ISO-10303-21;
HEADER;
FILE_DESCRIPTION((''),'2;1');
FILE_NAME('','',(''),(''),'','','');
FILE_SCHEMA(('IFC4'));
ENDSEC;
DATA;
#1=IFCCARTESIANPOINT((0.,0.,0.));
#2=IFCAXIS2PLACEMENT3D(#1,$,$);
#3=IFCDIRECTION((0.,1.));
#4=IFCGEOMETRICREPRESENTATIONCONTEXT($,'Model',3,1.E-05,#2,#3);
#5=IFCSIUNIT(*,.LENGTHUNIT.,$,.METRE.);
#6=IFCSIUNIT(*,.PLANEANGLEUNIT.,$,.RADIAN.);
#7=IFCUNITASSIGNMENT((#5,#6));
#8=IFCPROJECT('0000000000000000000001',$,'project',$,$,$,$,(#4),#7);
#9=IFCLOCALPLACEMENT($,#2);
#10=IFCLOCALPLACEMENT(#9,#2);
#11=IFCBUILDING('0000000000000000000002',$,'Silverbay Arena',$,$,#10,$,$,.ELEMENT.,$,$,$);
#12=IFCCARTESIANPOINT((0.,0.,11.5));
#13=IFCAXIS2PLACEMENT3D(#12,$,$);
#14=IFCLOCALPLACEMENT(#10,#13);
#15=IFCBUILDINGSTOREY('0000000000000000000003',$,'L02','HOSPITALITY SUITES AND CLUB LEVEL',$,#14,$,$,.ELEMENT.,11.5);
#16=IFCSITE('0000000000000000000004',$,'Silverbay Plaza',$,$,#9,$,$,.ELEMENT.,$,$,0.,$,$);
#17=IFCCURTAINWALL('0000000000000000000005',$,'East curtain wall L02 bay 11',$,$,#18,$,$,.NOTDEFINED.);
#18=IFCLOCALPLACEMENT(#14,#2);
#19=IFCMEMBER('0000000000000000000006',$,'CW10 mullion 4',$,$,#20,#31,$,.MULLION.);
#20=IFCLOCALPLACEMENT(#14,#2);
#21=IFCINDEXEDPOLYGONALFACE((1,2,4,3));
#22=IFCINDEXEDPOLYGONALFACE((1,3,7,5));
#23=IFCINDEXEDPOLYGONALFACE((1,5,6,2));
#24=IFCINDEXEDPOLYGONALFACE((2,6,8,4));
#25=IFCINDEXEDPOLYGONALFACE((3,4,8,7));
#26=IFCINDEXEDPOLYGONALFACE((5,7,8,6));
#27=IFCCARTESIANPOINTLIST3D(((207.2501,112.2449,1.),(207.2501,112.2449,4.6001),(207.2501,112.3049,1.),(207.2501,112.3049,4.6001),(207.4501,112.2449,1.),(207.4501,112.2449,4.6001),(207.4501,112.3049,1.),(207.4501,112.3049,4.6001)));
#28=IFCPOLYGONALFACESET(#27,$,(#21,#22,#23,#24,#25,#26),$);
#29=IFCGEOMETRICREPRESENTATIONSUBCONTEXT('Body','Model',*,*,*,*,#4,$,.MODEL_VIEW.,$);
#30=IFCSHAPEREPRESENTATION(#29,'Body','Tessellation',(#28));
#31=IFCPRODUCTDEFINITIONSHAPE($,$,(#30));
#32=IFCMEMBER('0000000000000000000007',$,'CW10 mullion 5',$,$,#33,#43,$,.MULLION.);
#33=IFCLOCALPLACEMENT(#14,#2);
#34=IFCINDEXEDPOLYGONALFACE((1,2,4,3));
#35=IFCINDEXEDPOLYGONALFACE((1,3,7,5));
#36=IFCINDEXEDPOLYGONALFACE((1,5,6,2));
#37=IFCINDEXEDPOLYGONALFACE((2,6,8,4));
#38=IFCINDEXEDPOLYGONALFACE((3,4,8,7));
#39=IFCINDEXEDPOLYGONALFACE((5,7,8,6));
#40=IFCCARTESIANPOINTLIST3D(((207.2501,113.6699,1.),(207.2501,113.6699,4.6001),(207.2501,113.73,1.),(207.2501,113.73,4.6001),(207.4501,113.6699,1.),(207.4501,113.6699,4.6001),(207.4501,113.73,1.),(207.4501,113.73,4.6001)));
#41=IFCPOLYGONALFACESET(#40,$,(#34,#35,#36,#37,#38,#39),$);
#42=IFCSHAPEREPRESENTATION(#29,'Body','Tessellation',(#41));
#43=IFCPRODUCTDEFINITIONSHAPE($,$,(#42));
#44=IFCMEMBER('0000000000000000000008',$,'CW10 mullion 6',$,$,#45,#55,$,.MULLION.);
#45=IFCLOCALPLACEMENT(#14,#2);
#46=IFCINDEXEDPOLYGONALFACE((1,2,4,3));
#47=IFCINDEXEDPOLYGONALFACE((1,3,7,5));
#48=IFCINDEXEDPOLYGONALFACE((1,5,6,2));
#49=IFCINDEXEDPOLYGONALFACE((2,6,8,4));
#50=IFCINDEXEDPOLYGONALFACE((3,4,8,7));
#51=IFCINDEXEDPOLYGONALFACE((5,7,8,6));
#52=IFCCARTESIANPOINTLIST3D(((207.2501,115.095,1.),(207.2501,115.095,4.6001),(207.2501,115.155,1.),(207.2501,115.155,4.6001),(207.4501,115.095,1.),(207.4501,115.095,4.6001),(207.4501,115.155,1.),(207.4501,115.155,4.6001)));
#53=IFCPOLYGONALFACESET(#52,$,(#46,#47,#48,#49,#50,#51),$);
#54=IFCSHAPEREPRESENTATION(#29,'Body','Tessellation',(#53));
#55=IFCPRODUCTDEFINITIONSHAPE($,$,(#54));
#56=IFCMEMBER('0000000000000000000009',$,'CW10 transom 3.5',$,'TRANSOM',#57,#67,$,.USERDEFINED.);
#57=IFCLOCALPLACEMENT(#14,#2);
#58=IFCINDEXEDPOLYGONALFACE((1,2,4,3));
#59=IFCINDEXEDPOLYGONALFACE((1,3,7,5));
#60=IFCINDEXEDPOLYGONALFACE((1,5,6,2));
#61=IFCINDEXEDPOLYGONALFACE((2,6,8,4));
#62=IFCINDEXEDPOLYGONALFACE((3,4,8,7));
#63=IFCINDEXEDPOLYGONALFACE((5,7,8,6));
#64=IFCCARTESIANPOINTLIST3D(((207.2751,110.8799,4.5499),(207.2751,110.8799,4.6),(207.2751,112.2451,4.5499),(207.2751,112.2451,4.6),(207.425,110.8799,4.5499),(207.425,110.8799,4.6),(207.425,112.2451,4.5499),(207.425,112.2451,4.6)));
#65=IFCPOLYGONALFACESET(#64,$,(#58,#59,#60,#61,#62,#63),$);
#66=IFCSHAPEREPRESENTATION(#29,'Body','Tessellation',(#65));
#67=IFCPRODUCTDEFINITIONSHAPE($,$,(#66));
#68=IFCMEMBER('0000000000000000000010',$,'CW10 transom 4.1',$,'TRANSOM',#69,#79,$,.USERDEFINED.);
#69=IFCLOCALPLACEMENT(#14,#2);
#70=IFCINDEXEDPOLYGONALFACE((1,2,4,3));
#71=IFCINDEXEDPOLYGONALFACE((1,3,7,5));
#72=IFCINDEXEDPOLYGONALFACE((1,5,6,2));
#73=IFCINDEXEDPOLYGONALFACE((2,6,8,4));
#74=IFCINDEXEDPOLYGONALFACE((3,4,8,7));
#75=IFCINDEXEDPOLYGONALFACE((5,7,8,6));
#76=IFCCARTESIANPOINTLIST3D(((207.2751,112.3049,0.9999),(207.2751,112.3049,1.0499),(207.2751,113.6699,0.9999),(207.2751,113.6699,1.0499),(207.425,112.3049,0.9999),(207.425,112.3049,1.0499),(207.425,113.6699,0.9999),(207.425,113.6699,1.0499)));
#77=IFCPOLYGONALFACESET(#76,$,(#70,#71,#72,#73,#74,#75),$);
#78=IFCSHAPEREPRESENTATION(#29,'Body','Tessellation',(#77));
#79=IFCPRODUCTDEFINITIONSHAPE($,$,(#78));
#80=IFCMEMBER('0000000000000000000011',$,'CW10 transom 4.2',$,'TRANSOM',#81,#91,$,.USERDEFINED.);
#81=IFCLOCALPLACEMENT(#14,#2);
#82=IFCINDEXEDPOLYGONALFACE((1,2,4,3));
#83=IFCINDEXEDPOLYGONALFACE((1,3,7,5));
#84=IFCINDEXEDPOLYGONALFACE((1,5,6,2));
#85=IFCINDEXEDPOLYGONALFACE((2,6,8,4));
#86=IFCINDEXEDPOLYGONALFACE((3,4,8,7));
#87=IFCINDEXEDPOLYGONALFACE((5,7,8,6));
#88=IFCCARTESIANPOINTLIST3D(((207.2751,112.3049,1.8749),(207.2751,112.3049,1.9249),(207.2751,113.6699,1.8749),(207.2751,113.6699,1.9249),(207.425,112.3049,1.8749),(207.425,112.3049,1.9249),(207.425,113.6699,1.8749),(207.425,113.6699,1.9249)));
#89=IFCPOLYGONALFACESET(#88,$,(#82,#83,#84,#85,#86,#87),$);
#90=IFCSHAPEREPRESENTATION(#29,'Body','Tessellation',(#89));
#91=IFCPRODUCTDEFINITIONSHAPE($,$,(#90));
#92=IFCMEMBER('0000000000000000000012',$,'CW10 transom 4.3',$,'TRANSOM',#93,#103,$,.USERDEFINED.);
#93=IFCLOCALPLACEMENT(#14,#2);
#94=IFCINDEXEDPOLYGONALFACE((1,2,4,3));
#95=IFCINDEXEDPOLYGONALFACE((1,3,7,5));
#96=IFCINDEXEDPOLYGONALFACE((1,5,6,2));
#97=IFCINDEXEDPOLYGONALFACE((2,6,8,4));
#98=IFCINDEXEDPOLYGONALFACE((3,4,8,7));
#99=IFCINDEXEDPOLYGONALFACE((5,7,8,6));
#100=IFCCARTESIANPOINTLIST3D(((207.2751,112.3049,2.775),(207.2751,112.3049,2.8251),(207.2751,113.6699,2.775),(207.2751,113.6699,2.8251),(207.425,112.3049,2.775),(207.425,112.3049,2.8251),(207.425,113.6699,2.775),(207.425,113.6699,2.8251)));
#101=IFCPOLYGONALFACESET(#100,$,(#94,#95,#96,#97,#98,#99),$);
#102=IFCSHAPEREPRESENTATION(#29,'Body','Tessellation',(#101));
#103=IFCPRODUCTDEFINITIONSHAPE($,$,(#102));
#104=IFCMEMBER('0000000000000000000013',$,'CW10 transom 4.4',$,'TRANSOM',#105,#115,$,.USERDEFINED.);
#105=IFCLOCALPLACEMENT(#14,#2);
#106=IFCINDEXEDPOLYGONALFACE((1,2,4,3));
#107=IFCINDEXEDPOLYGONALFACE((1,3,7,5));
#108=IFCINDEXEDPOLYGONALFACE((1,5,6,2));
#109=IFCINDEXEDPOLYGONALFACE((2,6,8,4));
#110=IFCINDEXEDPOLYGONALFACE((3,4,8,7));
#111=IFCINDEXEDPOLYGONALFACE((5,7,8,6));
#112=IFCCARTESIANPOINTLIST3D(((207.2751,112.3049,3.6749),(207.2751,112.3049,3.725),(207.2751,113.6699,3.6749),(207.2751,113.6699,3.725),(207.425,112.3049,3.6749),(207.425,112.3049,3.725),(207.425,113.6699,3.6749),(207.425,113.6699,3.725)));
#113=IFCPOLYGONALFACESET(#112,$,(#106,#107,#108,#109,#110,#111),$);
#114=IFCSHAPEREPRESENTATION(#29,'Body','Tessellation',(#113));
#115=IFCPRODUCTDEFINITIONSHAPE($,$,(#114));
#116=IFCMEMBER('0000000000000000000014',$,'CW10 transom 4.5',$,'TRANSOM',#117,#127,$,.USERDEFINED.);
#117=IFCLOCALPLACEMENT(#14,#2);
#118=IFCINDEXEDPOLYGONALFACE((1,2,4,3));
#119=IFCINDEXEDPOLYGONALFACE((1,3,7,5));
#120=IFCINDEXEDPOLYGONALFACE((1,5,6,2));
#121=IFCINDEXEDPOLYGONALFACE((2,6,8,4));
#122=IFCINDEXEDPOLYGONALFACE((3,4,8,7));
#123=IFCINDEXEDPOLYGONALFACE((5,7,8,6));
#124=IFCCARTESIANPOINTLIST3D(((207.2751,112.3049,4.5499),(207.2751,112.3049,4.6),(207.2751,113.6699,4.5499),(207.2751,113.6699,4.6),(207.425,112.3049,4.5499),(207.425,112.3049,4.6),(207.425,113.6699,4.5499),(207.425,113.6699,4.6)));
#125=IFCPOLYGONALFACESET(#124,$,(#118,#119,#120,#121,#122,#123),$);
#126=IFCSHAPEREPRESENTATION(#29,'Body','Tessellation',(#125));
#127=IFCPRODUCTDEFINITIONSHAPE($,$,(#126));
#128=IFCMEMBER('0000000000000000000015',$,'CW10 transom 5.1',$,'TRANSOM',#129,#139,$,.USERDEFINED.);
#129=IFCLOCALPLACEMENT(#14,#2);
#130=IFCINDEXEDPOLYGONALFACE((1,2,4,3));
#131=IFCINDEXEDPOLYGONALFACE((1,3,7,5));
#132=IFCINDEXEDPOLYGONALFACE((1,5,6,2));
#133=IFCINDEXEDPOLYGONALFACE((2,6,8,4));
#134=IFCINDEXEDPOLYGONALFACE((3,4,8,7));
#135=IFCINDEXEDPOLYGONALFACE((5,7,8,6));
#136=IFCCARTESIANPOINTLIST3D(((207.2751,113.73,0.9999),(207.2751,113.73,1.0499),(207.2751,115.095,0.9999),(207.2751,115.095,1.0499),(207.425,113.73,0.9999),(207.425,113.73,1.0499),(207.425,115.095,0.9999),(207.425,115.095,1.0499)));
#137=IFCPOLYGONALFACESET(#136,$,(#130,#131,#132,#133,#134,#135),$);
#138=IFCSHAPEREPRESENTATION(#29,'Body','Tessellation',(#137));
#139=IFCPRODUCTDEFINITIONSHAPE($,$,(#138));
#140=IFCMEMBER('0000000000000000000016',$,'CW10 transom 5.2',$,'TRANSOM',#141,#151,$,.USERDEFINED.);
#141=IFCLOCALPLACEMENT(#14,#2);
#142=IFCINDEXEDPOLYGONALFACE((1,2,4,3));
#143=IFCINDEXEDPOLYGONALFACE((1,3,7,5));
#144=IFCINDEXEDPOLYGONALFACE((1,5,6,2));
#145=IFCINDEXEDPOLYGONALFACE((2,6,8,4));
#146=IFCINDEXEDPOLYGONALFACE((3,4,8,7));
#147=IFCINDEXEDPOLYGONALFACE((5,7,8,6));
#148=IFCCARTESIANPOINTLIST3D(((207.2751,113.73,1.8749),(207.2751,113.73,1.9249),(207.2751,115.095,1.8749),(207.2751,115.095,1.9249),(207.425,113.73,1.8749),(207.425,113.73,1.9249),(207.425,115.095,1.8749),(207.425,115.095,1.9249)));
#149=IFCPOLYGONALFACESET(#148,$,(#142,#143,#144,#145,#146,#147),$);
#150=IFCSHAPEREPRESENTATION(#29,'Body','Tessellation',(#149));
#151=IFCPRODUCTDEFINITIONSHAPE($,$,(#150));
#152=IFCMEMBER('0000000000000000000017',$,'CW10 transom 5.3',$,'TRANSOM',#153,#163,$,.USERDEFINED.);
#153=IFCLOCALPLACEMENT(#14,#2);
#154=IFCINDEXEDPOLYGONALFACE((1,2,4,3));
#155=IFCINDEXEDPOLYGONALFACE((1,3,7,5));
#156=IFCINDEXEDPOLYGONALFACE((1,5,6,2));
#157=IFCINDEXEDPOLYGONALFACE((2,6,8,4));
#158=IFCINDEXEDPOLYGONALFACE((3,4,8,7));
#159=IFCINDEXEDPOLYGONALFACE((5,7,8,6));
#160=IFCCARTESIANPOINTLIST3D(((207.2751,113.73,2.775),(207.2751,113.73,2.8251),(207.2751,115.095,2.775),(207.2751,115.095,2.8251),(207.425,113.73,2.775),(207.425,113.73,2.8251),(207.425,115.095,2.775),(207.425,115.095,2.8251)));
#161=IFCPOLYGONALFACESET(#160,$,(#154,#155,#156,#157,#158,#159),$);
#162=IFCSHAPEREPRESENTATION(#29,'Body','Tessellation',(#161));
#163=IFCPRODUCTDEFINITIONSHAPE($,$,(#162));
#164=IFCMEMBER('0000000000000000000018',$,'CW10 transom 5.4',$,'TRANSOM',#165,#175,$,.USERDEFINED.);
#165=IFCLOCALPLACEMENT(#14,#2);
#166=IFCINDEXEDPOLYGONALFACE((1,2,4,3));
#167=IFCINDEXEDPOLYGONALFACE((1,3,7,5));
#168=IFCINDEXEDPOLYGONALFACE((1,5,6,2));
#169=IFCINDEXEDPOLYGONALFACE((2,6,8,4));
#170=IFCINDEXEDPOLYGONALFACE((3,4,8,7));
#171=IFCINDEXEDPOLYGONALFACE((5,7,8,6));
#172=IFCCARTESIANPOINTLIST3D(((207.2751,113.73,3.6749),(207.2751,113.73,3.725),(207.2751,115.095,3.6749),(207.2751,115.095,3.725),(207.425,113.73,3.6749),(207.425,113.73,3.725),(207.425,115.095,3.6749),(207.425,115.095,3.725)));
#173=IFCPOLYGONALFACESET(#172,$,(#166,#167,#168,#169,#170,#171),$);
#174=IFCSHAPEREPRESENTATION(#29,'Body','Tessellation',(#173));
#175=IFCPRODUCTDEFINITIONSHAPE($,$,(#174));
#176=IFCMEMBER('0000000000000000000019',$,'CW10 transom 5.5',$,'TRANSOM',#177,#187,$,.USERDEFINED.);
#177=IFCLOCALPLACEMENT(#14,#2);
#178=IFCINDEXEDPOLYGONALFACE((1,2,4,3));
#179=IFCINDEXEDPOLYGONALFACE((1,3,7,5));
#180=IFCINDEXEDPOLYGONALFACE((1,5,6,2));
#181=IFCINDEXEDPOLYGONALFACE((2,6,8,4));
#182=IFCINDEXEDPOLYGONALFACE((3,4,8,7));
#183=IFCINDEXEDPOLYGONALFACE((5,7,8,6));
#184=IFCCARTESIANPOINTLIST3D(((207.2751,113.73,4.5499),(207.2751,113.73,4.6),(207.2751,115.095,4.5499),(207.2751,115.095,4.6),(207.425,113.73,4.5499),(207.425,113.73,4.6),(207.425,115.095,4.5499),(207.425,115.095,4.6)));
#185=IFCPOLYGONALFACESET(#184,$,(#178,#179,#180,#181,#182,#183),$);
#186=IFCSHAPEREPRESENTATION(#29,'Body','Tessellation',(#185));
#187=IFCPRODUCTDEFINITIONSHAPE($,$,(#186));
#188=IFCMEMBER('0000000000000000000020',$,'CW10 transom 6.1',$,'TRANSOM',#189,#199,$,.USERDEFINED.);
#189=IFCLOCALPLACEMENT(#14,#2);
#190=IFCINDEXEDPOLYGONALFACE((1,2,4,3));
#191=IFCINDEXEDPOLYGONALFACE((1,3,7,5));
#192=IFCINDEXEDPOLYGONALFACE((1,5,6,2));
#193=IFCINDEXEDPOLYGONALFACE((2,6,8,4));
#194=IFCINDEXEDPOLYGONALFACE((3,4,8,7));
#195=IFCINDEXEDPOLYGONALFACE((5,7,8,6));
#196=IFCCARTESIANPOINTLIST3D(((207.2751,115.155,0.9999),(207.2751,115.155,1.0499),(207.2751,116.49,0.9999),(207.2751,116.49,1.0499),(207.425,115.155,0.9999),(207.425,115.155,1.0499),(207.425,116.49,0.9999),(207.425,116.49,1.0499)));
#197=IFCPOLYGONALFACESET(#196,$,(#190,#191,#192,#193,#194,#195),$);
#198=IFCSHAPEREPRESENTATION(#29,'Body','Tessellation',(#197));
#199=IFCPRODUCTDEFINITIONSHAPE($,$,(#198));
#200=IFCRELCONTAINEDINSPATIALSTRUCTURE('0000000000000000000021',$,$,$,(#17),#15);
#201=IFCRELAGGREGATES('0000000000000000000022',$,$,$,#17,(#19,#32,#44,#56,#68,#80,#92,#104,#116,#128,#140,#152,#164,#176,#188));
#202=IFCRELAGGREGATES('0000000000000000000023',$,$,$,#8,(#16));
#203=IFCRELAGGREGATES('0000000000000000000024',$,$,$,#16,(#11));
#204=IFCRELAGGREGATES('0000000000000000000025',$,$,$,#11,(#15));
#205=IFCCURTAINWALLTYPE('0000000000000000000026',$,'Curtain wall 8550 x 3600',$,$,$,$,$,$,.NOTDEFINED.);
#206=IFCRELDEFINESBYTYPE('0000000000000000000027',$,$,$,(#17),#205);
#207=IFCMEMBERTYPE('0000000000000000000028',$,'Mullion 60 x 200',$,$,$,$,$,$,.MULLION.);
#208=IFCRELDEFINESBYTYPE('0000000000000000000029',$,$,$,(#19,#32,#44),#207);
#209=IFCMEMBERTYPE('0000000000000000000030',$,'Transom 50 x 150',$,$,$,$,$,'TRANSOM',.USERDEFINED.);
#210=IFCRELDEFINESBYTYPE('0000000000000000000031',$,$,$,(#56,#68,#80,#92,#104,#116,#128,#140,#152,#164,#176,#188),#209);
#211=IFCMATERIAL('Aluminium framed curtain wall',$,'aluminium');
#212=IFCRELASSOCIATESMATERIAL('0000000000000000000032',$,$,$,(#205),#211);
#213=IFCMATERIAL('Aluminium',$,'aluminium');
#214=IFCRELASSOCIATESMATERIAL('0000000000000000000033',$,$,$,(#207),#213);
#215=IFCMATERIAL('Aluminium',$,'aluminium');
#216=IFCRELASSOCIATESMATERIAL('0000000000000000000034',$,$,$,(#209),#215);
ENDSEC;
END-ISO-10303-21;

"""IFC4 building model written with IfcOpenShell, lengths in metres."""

from ifc_helpers import new_model, si_unit, direction, frame, origin, origin_2d, place, context, subcontext, project, spatial, rectangle, extrude, material, material_profile, profile_set, type_object, element, aggregate, save


model = new_model("IFC4")

# Units and contexts
model_context = context("Model", 3, precision=1e-05, world=origin(), true_north=direction((0.0, 1.0)))
body_context = subcontext(model_context, "Body", "Model", "MODEL_VIEW")
ifc_project = project(units=[si_unit("LENGTHUNIT", "METRE"), si_unit("PLANEANGLEUNIT", "RADIAN")], contexts=[model_context])

# Site, building, storey
site_placement = place(None, origin())
site = spatial("IfcSite", under=ifc_project, at=site_placement, Name="Silverbay Plaza", CompositionType="ELEMENT", RefElevation=0.0)
building_placement = place(site_placement, origin())
building = spatial("IfcBuilding", under=site, at=building_placement, Name="Silverbay Arena", CompositionType="ELEMENT")
storey_placement = place(building_placement, frame((0.0, 0.0, 11.5)))
storey = spatial("IfcBuildingStorey", under=building, at=storey_placement, Name="L02", Description="HOSPITALITY SUITES AND CLUB LEVEL", CompositionType="ELEMENT", Elevation=11.5)

# Curtain wall, members
ifc_material_1 = material(Name="Aluminium framed curtain wall", Category="aluminium")
curtain_wall_type = type_object("IfcCurtainWallType", Name="Curtain wall 8550 x 3600", PredefinedType="NOTDEFINED", material=ifc_material_1)
curtain_wall_placement = place(storey_placement, origin())
curtain_wall = element("IfcCurtainWall", 1, at=curtain_wall_placement, inside=storey, type_object=curtain_wall_type, Name="East curtain wall L02 bay 11", PredefinedType="NOTDEFINED")
ifc_material_2 = material(Name="Aluminium", Category="aluminium")
ifc_material_profile_1 = material_profile(ifc_material_2, rectangle(XDim=0.2, YDim=0.0601, at=origin_2d()), Name="Mullion 60 x 200")
ifc_profile_set_1 = profile_set([ifc_material_profile_1], Name="Aluminium")
member_type_1 = type_object("IfcMemberType", Name="Mullion 60 x 200", PredefinedType="MULLION", material=ifc_profile_set_1)
member_1_placement = place(storey_placement, frame((207.3501, 112.2749, 1.0), z_axis=(0.0, 0.0, 1.0), x_axis=(-1.0, 0.0, 0.0)))
member_1 = element("IfcMember", 2, at=member_1_placement, type_object=member_type_1, Name="CW10 mullion 4", PredefinedType="MULLION", context=body_context, shape_type="SweptSolid", body=[
    extrude(rectangle(XDim=0.2, YDim=0.0601, at=origin_2d()), origin(), (0.0, 0.0, 1.0), 3.6001),
])
member_2_placement = place(storey_placement, frame((207.3501, 113.7, 1.0), z_axis=(0.0, 0.0, 1.0), x_axis=(-1.0, 0.0, 0.0)))
member_2 = element("IfcMember", 3, at=member_2_placement, type_object=member_type_1, Name="CW10 mullion 5", PredefinedType="MULLION", context=body_context, shape_type="SweptSolid", body=[
    extrude(rectangle(XDim=0.2, YDim=0.0601, at=origin_2d()), origin(), (0.0, 0.0, 1.0), 3.6001),
])
member_3_placement = place(storey_placement, frame((207.3501, 115.125, 1.0), z_axis=(0.0, 0.0, 1.0), x_axis=(-1.0, 0.0, 0.0)))
member_3 = element("IfcMember", 4, at=member_3_placement, type_object=member_type_1, Name="CW10 mullion 6", PredefinedType="MULLION", context=body_context, shape_type="SweptSolid", body=[
    extrude(rectangle(XDim=0.2, YDim=0.0601, at=origin_2d()), origin(), (0.0, 0.0, 1.0), 3.6001),
])
ifc_material_3 = material(Name="Aluminium", Category="aluminium")
ifc_material_profile_2 = material_profile(ifc_material_3, rectangle(XDim=0.1499, YDim=0.05, at=origin_2d()), Name="Transom 50 x 150")
ifc_profile_set_2 = profile_set([ifc_material_profile_2], Name="Aluminium")
member_type_2 = type_object("IfcMemberType", Name="Transom 50 x 150", ElementType="TRANSOM", PredefinedType="USERDEFINED", material=ifc_profile_set_2)
member_4_placement = place(storey_placement, frame((207.3501, 110.8799, 4.575), z_axis=(0.0, 1.0, 0.0), x_axis=(-1.0, 0.0, 0.0)))
member_4 = element("IfcMember", 5, at=member_4_placement, type_object=member_type_2, Name="CW10 transom 3.5", ObjectType="TRANSOM", PredefinedType="USERDEFINED", context=body_context, shape_type="SweptSolid", body=[
    extrude(rectangle(XDim=0.1499, YDim=0.05, at=origin_2d()), origin(), (0.0, 0.0, 1.0), 1.3652),
])
member_5_placement = place(storey_placement, frame((207.3501, 112.3049, 1.0249), z_axis=(0.0, 1.0, 0.0), x_axis=(-1.0, 0.0, 0.0)))
member_5 = element("IfcMember", 6, at=member_5_placement, type_object=member_type_2, Name="CW10 transom 4.1", ObjectType="TRANSOM", PredefinedType="USERDEFINED", context=body_context, shape_type="SweptSolid", body=[
    extrude(rectangle(XDim=0.1499, YDim=0.05, at=origin_2d()), origin(), (0.0, 0.0, 1.0), 1.365),
])
member_6_placement = place(storey_placement, frame((207.3501, 112.3049, 1.8999), z_axis=(0.0, 1.0, 0.0), x_axis=(-1.0, 0.0, 0.0)))
member_6 = element("IfcMember", 7, at=member_6_placement, type_object=member_type_2, Name="CW10 transom 4.2", ObjectType="TRANSOM", PredefinedType="USERDEFINED", context=body_context, shape_type="SweptSolid", body=[
    extrude(rectangle(XDim=0.1499, YDim=0.05, at=origin_2d()), origin(), (0.0, 0.0, 1.0), 1.365),
])
member_7_placement = place(storey_placement, frame((207.3501, 112.3049, 2.8), z_axis=(0.0, 1.0, 0.0), x_axis=(-1.0, 0.0, 0.0)))
member_7 = element("IfcMember", 8, at=member_7_placement, type_object=member_type_2, Name="CW10 transom 4.3", ObjectType="TRANSOM", PredefinedType="USERDEFINED", context=body_context, shape_type="SweptSolid", body=[
    extrude(rectangle(XDim=0.1499, YDim=0.05, at=origin_2d()), origin(), (0.0, 0.0, 1.0), 1.365),
])
member_8_placement = place(storey_placement, frame((207.3501, 112.3049, 3.7), z_axis=(0.0, 1.0, 0.0), x_axis=(-1.0, 0.0, 0.0)))
member_8 = element("IfcMember", 9, at=member_8_placement, type_object=member_type_2, Name="CW10 transom 4.4", ObjectType="TRANSOM", PredefinedType="USERDEFINED", context=body_context, shape_type="SweptSolid", body=[
    extrude(rectangle(XDim=0.1499, YDim=0.05, at=origin_2d()), origin(), (0.0, 0.0, 1.0), 1.365),
])
member_9_placement = place(storey_placement, frame((207.3501, 112.3049, 4.575), z_axis=(0.0, 1.0, 0.0), x_axis=(-1.0, 0.0, 0.0)))
member_9 = element("IfcMember", 10, at=member_9_placement, type_object=member_type_2, Name="CW10 transom 4.5", ObjectType="TRANSOM", PredefinedType="USERDEFINED", context=body_context, shape_type="SweptSolid", body=[
    extrude(rectangle(XDim=0.1499, YDim=0.05, at=origin_2d()), origin(), (0.0, 0.0, 1.0), 1.365),
])
member_10_placement = place(storey_placement, frame((207.3501, 113.73, 1.0249), z_axis=(0.0, 1.0, 0.0), x_axis=(-1.0, 0.0, 0.0)))
member_10 = element("IfcMember", 11, at=member_10_placement, type_object=member_type_2, Name="CW10 transom 5.1", ObjectType="TRANSOM", PredefinedType="USERDEFINED", context=body_context, shape_type="SweptSolid", body=[
    extrude(rectangle(XDim=0.1499, YDim=0.05, at=origin_2d()), origin(), (0.0, 0.0, 1.0), 1.365),
])
member_11_placement = place(storey_placement, frame((207.3501, 113.73, 1.8999), z_axis=(0.0, 1.0, 0.0), x_axis=(-1.0, 0.0, 0.0)))
member_11 = element("IfcMember", 12, at=member_11_placement, type_object=member_type_2, Name="CW10 transom 5.2", ObjectType="TRANSOM", PredefinedType="USERDEFINED", context=body_context, shape_type="SweptSolid", body=[
    extrude(rectangle(XDim=0.1499, YDim=0.05, at=origin_2d()), origin(), (0.0, 0.0, 1.0), 1.365),
])
member_12_placement = place(storey_placement, frame((207.3501, 113.73, 2.8), z_axis=(0.0, 1.0, 0.0), x_axis=(-1.0, 0.0, 0.0)))
member_12 = element("IfcMember", 13, at=member_12_placement, type_object=member_type_2, Name="CW10 transom 5.3", ObjectType="TRANSOM", PredefinedType="USERDEFINED", context=body_context, shape_type="SweptSolid", body=[
    extrude(rectangle(XDim=0.1499, YDim=0.05, at=origin_2d()), origin(), (0.0, 0.0, 1.0), 1.365),
])
member_13_placement = place(storey_placement, frame((207.3501, 113.73, 3.7), z_axis=(0.0, 1.0, 0.0), x_axis=(-1.0, 0.0, 0.0)))
member_13 = element("IfcMember", 14, at=member_13_placement, type_object=member_type_2, Name="CW10 transom 5.4", ObjectType="TRANSOM", PredefinedType="USERDEFINED", context=body_context, shape_type="SweptSolid", body=[
    extrude(rectangle(XDim=0.1499, YDim=0.05, at=origin_2d()), origin(), (0.0, 0.0, 1.0), 1.365),
])
member_14_placement = place(storey_placement, frame((207.3501, 113.73, 4.575), z_axis=(0.0, 1.0, 0.0), x_axis=(-1.0, 0.0, 0.0)))
member_14 = element("IfcMember", 15, at=member_14_placement, type_object=member_type_2, Name="CW10 transom 5.5", ObjectType="TRANSOM", PredefinedType="USERDEFINED", context=body_context, shape_type="SweptSolid", body=[
    extrude(rectangle(XDim=0.1499, YDim=0.05, at=origin_2d()), origin(), (0.0, 0.0, 1.0), 1.365),
])
member_15_placement = place(storey_placement, frame((207.3501, 115.155, 1.0249), z_axis=(0.0, 1.0, 0.0), x_axis=(-1.0, 0.0, 0.0)))
member_15 = element("IfcMember", 16, at=member_15_placement, type_object=member_type_2, Name="CW10 transom 6.1", ObjectType="TRANSOM", PredefinedType="USERDEFINED", context=body_context, shape_type="SweptSolid", body=[
    extrude(rectangle(XDim=0.1499, YDim=0.05, at=origin_2d()), origin(), (0.0, 0.0, 1.0), 1.335),
])
aggregate(curtain_wall, [member_1, member_2, member_3, member_4, member_5, member_6, member_7, member_8, member_9, member_10, member_11, member_12, member_13, member_14, member_15])

save(model, "model.ifc")
